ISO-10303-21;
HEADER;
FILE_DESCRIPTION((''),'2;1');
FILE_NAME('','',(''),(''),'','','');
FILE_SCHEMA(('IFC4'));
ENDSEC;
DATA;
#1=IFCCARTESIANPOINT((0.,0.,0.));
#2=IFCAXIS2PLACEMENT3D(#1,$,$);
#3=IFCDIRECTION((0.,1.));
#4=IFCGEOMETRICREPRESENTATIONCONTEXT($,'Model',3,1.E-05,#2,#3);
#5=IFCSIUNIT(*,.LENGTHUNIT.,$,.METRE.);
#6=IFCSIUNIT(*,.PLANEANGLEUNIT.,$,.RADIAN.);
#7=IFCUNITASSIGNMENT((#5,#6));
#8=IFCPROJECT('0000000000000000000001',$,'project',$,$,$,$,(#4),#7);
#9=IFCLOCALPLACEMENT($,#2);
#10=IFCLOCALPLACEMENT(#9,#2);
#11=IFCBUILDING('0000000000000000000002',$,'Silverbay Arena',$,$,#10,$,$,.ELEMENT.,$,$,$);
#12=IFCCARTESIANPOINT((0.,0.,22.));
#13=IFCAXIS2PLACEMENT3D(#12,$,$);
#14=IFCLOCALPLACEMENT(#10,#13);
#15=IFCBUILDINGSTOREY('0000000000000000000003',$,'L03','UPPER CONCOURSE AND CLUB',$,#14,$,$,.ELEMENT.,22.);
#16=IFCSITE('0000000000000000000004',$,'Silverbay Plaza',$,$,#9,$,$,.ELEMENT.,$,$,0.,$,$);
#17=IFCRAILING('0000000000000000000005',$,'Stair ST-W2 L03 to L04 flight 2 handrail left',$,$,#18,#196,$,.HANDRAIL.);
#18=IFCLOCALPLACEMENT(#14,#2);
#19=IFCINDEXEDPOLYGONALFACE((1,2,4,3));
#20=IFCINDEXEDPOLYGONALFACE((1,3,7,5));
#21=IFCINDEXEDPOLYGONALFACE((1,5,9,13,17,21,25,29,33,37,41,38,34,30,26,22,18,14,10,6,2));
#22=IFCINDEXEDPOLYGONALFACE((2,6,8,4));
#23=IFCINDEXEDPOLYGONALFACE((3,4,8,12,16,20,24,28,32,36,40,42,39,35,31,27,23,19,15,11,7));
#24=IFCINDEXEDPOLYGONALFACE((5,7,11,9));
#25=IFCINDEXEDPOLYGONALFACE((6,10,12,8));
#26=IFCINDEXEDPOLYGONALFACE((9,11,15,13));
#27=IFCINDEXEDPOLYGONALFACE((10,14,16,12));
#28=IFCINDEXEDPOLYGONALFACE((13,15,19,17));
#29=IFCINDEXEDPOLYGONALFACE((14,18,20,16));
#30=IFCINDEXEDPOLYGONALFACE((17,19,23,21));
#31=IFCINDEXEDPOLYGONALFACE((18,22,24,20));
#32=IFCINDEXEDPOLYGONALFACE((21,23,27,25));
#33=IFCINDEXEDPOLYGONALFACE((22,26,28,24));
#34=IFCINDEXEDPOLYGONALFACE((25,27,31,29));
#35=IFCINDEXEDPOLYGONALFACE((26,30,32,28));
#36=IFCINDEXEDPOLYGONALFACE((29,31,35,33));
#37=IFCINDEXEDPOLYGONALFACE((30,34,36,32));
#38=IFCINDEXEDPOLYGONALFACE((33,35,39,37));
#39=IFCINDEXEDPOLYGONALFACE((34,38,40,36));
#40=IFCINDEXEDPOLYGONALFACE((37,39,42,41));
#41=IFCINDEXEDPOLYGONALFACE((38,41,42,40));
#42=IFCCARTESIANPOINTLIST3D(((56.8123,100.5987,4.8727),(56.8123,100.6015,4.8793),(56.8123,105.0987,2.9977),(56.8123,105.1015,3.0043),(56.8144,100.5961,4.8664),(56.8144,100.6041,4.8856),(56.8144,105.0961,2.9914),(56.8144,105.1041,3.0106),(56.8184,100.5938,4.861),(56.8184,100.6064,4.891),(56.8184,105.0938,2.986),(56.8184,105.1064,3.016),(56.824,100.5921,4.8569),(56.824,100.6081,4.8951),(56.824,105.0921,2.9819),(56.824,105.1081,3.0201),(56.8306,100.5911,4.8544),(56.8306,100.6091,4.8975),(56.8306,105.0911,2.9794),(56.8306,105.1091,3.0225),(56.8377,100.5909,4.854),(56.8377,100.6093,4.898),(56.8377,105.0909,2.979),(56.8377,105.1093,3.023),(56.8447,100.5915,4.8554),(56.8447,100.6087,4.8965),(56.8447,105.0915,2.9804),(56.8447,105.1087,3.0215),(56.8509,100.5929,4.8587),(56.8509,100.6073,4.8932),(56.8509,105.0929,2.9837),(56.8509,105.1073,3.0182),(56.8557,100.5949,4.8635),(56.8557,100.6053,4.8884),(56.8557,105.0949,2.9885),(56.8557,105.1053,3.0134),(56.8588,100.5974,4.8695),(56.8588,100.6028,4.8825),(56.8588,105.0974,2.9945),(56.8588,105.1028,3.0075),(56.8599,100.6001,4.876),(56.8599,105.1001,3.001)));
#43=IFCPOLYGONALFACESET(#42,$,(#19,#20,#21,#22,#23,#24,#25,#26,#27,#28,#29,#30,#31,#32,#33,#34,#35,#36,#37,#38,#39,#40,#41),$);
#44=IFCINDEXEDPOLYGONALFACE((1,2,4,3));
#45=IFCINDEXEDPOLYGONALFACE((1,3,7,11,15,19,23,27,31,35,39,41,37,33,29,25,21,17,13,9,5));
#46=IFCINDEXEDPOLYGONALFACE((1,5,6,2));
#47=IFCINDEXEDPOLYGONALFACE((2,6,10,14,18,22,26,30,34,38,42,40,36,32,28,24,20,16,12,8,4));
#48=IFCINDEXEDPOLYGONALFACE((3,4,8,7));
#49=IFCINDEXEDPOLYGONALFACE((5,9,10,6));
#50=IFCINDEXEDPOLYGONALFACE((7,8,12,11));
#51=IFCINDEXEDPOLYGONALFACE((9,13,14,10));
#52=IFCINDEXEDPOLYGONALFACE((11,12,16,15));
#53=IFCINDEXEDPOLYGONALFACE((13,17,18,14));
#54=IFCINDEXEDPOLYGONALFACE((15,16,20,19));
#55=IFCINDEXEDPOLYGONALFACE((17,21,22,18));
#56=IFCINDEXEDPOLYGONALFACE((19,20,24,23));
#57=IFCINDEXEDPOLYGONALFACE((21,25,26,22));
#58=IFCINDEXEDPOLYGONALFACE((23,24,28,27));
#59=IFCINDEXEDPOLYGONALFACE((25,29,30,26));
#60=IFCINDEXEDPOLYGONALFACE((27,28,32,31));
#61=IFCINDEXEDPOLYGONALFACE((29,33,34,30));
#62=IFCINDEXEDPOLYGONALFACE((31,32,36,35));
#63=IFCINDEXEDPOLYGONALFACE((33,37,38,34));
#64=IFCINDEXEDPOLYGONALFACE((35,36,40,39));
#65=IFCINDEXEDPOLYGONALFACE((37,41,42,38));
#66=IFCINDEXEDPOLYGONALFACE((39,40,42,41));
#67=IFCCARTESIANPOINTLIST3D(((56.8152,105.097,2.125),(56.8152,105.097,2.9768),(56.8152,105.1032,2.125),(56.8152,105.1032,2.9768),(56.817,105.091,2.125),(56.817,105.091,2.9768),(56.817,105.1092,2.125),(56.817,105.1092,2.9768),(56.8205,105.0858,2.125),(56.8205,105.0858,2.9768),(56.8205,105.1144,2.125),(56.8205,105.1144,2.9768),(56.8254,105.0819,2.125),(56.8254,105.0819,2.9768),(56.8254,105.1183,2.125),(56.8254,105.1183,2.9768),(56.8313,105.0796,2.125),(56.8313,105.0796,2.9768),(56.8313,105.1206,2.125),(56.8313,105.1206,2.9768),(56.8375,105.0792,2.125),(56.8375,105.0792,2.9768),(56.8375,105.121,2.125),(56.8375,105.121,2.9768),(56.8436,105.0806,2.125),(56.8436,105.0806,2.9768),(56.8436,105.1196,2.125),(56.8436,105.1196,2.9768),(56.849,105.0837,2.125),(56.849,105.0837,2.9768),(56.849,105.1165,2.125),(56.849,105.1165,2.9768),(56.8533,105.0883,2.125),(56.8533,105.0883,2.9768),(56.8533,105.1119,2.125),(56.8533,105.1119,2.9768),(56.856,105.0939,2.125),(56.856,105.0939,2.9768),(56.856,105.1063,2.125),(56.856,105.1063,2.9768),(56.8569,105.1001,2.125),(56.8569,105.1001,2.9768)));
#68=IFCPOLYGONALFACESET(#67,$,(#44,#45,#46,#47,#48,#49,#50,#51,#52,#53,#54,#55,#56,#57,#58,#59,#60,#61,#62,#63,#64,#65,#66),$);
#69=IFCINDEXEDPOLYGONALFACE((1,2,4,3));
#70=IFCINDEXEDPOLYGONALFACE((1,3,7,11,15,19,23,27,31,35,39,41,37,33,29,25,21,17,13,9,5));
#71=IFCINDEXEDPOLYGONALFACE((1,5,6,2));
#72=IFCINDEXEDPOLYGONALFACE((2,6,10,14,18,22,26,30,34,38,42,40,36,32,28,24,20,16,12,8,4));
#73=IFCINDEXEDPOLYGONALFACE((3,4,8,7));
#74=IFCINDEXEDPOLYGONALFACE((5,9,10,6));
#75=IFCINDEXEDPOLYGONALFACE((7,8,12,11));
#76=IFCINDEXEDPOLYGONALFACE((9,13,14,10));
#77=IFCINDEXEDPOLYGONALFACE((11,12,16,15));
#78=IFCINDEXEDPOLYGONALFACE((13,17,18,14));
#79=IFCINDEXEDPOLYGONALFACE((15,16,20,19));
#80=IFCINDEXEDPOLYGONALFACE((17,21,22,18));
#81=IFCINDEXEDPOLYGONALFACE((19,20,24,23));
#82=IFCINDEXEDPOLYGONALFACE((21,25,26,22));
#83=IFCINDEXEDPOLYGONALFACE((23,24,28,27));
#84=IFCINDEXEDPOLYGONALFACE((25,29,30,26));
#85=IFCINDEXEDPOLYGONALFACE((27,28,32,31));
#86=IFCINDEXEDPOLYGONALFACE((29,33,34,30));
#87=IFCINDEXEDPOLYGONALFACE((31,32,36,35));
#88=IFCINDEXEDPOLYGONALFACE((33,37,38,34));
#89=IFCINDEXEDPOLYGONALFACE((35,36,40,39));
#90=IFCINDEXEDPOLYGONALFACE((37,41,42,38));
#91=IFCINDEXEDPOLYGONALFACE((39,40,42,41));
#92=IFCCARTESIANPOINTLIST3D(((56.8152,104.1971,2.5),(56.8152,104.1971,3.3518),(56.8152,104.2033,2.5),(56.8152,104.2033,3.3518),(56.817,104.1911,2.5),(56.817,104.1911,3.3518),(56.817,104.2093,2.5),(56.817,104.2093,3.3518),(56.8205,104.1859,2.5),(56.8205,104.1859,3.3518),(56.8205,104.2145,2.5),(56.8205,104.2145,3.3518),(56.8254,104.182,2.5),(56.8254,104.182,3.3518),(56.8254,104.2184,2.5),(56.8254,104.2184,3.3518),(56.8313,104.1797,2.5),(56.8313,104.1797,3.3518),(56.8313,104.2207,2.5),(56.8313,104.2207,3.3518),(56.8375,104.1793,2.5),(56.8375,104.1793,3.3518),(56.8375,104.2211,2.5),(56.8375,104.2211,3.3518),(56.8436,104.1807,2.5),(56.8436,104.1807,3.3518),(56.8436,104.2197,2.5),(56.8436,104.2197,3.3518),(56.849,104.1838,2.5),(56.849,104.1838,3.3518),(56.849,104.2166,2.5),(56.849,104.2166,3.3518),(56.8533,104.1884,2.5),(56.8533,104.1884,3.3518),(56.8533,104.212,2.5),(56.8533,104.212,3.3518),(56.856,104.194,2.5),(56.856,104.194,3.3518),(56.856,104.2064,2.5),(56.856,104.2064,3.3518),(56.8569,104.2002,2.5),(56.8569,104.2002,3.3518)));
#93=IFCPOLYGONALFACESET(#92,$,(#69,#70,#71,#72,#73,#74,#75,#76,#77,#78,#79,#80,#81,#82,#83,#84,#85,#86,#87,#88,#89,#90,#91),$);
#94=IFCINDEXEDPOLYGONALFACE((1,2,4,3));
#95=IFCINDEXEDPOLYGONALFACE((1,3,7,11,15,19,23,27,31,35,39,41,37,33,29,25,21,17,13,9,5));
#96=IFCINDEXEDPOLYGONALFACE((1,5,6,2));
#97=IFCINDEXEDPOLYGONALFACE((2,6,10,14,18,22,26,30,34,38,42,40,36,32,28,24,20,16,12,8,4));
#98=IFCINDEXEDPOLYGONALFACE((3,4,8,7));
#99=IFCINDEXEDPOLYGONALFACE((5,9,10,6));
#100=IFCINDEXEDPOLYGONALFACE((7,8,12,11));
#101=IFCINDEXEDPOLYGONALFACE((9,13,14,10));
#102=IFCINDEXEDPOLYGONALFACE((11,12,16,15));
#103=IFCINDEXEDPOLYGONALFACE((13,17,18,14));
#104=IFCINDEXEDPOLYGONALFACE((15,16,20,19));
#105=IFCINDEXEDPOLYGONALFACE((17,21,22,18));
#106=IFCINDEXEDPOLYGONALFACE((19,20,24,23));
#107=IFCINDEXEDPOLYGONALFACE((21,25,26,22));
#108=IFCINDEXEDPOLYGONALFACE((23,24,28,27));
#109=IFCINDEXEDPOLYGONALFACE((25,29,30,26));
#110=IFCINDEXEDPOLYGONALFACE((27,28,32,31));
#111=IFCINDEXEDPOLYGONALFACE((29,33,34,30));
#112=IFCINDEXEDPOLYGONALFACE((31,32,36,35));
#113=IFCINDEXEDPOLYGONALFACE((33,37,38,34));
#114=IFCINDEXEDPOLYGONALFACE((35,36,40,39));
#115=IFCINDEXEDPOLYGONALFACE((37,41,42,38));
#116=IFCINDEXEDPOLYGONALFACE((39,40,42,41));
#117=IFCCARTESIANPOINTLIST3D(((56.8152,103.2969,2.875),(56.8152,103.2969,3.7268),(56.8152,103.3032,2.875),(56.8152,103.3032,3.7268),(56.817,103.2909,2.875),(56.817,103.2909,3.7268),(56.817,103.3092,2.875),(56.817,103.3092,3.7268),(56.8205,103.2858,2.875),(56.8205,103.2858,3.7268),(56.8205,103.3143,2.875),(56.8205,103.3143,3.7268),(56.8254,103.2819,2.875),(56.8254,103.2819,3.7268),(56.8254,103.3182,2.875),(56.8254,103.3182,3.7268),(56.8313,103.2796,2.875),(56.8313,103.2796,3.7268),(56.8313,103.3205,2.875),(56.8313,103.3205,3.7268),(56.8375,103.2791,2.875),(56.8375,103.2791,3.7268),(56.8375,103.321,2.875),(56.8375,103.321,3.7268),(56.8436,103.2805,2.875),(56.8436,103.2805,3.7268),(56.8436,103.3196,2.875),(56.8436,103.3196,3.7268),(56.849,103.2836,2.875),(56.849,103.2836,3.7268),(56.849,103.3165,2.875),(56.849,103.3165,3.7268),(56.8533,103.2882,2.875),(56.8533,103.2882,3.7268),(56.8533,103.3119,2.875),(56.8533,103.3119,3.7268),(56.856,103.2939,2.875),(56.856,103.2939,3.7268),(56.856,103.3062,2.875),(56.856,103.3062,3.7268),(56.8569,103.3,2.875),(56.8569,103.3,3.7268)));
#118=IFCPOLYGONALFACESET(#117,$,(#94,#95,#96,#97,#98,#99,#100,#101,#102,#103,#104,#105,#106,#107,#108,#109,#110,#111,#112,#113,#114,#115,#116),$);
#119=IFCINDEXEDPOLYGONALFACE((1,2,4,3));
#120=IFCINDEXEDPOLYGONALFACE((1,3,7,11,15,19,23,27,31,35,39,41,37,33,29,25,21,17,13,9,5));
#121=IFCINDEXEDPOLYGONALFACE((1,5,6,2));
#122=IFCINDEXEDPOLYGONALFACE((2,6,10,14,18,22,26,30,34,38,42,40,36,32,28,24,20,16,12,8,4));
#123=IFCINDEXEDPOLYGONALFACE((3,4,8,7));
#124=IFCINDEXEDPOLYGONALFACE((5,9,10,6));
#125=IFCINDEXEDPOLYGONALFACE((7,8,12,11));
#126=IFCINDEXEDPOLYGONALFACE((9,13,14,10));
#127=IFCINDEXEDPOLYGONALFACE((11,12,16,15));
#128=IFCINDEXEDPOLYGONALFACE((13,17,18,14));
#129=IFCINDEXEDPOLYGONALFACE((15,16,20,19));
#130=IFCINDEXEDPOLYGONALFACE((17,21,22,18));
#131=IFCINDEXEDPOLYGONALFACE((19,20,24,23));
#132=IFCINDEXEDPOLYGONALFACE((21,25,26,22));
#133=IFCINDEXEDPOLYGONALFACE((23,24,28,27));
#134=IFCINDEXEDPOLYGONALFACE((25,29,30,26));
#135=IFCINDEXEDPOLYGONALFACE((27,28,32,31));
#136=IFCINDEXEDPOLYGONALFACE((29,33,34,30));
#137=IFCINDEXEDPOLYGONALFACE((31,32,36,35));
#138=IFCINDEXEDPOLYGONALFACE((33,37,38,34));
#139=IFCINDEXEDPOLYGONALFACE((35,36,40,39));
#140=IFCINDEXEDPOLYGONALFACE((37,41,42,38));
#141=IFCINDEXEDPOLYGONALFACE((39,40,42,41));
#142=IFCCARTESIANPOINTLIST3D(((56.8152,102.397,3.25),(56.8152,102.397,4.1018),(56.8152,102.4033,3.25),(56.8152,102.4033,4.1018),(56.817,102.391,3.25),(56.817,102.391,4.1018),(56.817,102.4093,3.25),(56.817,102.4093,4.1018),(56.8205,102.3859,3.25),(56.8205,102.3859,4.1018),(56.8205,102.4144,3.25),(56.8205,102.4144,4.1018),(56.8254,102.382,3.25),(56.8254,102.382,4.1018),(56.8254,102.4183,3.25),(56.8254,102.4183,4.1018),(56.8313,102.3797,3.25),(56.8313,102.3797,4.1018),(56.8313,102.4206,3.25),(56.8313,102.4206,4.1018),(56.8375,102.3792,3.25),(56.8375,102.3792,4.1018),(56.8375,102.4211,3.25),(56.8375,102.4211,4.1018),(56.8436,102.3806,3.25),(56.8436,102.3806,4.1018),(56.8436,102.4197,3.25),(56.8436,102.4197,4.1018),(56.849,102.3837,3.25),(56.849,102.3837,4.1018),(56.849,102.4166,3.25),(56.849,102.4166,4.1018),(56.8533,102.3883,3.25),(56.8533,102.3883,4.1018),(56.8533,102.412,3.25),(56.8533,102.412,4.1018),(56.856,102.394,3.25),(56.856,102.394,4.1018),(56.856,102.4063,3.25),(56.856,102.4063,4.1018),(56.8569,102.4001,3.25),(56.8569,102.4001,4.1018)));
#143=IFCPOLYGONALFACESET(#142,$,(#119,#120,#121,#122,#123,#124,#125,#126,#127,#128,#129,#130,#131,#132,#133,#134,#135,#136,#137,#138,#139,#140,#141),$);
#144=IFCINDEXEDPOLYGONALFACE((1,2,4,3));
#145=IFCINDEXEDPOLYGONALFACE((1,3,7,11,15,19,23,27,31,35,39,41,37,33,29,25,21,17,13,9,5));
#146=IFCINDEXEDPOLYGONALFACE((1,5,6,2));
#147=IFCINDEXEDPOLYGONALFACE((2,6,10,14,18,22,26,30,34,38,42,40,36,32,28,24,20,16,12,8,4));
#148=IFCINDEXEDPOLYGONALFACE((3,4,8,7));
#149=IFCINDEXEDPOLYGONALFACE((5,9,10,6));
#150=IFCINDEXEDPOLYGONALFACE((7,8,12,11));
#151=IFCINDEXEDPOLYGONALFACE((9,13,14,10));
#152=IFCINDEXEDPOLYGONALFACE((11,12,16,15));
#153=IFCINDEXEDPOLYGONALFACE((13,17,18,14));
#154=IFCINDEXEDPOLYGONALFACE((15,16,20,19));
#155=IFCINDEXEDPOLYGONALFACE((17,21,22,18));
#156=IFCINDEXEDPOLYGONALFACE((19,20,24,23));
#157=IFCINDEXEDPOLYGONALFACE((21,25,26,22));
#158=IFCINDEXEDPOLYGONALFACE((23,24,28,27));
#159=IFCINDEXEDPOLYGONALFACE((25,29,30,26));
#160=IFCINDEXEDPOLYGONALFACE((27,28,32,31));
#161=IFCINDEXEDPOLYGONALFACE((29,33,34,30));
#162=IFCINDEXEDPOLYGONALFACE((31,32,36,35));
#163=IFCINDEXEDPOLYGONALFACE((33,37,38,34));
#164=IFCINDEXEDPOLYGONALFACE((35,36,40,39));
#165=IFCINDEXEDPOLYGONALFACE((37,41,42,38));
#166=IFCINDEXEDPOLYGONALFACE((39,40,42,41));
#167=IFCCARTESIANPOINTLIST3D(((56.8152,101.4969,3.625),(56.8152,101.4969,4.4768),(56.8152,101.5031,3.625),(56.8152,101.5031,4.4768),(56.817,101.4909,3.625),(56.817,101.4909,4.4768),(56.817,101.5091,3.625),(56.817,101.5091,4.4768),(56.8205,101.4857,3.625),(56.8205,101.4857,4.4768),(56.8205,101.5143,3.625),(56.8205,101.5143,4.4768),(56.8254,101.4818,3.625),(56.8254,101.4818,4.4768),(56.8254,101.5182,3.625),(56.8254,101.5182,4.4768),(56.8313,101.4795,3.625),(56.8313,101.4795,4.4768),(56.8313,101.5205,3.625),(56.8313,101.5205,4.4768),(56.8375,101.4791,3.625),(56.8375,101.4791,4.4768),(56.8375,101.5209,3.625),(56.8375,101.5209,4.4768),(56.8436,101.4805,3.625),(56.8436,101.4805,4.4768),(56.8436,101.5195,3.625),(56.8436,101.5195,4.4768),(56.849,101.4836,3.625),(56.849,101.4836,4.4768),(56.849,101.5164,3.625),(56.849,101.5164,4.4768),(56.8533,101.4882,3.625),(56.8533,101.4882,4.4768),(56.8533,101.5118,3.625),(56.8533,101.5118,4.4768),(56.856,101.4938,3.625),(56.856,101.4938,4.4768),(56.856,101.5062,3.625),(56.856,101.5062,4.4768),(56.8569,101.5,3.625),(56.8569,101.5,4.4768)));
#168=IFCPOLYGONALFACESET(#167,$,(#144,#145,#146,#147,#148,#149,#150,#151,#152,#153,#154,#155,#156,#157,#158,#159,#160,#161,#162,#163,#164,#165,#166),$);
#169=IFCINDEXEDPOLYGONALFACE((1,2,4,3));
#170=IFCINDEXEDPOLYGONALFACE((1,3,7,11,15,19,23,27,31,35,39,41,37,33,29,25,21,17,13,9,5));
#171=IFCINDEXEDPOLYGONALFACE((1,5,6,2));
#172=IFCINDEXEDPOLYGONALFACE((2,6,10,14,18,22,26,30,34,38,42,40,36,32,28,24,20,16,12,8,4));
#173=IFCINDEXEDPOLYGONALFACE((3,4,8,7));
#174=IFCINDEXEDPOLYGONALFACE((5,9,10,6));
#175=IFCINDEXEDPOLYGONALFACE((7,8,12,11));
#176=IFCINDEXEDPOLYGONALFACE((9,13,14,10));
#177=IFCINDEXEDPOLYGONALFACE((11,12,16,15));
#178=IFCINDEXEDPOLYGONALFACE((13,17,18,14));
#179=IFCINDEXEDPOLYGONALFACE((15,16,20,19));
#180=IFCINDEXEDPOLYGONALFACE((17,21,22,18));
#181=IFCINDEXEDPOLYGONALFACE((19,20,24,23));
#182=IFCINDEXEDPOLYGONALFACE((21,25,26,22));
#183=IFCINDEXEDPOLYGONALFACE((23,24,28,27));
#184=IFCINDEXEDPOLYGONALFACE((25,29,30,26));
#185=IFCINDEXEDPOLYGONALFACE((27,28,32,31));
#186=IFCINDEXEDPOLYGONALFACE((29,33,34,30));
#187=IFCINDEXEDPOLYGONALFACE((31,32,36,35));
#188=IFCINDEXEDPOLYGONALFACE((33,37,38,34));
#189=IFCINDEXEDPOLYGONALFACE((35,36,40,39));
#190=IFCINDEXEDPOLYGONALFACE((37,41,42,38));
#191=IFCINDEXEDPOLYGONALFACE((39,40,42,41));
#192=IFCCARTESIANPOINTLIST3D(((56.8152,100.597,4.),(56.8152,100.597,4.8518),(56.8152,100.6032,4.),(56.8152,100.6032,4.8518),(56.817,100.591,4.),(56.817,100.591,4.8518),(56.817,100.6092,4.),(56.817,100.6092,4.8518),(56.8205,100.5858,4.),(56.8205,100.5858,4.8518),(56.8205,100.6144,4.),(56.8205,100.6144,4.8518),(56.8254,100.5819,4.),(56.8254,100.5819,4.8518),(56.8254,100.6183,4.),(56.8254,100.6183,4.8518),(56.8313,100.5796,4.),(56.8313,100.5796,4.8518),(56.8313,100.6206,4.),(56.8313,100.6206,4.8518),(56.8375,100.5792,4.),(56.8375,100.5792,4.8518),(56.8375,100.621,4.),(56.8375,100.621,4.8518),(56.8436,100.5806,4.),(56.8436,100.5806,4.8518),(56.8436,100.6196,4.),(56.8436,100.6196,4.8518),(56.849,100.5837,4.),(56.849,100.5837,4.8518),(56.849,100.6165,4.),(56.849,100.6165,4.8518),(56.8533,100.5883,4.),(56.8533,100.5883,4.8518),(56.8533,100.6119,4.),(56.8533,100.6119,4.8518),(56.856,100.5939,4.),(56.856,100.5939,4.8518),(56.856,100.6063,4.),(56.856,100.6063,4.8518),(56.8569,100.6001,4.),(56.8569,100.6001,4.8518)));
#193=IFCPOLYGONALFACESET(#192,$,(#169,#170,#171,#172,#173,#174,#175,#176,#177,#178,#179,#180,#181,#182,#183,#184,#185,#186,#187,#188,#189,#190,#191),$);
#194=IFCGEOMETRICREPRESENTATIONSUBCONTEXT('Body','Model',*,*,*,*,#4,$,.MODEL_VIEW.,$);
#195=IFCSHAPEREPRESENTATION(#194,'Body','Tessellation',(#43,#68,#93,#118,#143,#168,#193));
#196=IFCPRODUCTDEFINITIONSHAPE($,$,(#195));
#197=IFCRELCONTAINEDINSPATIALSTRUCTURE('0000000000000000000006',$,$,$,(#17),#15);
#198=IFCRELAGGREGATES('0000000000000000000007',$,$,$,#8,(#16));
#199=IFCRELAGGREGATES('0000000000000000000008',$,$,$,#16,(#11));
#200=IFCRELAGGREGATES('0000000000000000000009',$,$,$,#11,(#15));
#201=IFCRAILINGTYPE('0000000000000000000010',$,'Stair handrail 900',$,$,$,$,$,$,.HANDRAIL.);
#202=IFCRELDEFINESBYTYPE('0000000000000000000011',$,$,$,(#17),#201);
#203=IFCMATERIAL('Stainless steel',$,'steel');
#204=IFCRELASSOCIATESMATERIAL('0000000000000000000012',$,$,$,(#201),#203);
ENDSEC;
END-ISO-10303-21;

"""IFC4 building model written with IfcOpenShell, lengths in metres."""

from ifc_helpers import new_model, si_unit, direction, frame, origin, origin_2d, place, context, subcontext, project, spatial, circle, extrude, material, type_object, element, save


model = new_model("IFC4")

# Units and contexts
model_context = context("Model", 3, precision=1e-05, world=origin(), true_north=direction((0.0, 1.0)))
body_context = subcontext(model_context, "Body", "Model", "MODEL_VIEW")
ifc_project = project(units=[si_unit("LENGTHUNIT", "METRE"), si_unit("PLANEANGLEUNIT", "RADIAN")], contexts=[model_context])

# Site, building, storey
site_placement = place(None, origin())
site = spatial("IfcSite", under=ifc_project, at=site_placement, Name="Silverbay Plaza", CompositionType="ELEMENT", RefElevation=0.0)
building_placement = place(site_placement, origin())
building = spatial("IfcBuilding", under=site, at=building_placement, Name="Silverbay Arena", CompositionType="ELEMENT")
storey_placement = place(building_placement, frame((0.0, 0.0, 22.0)))
storey = spatial("IfcBuildingStorey", under=building, at=storey_placement, Name="L03", Description="UPPER CONCOURSE AND CLUB", CompositionType="ELEMENT", Elevation=22.0)

# Railing
ifc_material_1 = material(Name="Stainless steel", Category="steel")
railing_type_1 = type_object("IfcRailingType", Name="Stair handrail 900", PredefinedType="HANDRAIL", material=ifc_material_1)
for number, where, name in (
    (1, (56.8359, 105.1001, 2.125), "Stair ST-W2 L03 to L04 flight 2 handrail left"),
):
    element("IfcRailing", number, at=place(storey_placement, frame(where)), inside=storey, type_object=railing_type_1, Name=name, PredefinedType="HANDRAIL", context=body_context, shape_type="SweptSolid", body=[
        extrude(circle(Radius=0.0239, at=origin_2d()), frame((0.0, 0.0, 0.876), z_axis=(0.0, -0.923077, 0.384615), x_axis=(1.0, 0.0, 0.0)), (0.0, 0.0, 1.0), 4.875),
        extrude(circle(Radius=0.021, at=origin_2d()), origin(), (0.0, 0.0, 1.0), 0.8518),
        extrude(circle(Radius=0.021, at=origin_2d()), frame((0.0, -0.8999, 0.375)), (0.0, 0.0, 1.0), 0.8518),
        extrude(circle(Radius=0.021, at=origin_2d()), frame((0.0, -1.8, 0.75)), (0.0, 0.0, 1.0), 0.8518),
        extrude(circle(Radius=0.021, at=origin_2d()), frame((0.0, -2.7, 1.125)), (0.0, 0.0, 1.0), 0.8518),
        extrude(circle(Radius=0.021, at=origin_2d()), frame((0.0, -3.6001, 1.5)), (0.0, 0.0, 1.0), 0.8518),
        extrude(circle(Radius=0.021, at=origin_2d()), frame((0.0, -4.5, 1.875)), (0.0, 0.0, 1.0), 0.8518),
    ])

save(model, "model.ifc")
